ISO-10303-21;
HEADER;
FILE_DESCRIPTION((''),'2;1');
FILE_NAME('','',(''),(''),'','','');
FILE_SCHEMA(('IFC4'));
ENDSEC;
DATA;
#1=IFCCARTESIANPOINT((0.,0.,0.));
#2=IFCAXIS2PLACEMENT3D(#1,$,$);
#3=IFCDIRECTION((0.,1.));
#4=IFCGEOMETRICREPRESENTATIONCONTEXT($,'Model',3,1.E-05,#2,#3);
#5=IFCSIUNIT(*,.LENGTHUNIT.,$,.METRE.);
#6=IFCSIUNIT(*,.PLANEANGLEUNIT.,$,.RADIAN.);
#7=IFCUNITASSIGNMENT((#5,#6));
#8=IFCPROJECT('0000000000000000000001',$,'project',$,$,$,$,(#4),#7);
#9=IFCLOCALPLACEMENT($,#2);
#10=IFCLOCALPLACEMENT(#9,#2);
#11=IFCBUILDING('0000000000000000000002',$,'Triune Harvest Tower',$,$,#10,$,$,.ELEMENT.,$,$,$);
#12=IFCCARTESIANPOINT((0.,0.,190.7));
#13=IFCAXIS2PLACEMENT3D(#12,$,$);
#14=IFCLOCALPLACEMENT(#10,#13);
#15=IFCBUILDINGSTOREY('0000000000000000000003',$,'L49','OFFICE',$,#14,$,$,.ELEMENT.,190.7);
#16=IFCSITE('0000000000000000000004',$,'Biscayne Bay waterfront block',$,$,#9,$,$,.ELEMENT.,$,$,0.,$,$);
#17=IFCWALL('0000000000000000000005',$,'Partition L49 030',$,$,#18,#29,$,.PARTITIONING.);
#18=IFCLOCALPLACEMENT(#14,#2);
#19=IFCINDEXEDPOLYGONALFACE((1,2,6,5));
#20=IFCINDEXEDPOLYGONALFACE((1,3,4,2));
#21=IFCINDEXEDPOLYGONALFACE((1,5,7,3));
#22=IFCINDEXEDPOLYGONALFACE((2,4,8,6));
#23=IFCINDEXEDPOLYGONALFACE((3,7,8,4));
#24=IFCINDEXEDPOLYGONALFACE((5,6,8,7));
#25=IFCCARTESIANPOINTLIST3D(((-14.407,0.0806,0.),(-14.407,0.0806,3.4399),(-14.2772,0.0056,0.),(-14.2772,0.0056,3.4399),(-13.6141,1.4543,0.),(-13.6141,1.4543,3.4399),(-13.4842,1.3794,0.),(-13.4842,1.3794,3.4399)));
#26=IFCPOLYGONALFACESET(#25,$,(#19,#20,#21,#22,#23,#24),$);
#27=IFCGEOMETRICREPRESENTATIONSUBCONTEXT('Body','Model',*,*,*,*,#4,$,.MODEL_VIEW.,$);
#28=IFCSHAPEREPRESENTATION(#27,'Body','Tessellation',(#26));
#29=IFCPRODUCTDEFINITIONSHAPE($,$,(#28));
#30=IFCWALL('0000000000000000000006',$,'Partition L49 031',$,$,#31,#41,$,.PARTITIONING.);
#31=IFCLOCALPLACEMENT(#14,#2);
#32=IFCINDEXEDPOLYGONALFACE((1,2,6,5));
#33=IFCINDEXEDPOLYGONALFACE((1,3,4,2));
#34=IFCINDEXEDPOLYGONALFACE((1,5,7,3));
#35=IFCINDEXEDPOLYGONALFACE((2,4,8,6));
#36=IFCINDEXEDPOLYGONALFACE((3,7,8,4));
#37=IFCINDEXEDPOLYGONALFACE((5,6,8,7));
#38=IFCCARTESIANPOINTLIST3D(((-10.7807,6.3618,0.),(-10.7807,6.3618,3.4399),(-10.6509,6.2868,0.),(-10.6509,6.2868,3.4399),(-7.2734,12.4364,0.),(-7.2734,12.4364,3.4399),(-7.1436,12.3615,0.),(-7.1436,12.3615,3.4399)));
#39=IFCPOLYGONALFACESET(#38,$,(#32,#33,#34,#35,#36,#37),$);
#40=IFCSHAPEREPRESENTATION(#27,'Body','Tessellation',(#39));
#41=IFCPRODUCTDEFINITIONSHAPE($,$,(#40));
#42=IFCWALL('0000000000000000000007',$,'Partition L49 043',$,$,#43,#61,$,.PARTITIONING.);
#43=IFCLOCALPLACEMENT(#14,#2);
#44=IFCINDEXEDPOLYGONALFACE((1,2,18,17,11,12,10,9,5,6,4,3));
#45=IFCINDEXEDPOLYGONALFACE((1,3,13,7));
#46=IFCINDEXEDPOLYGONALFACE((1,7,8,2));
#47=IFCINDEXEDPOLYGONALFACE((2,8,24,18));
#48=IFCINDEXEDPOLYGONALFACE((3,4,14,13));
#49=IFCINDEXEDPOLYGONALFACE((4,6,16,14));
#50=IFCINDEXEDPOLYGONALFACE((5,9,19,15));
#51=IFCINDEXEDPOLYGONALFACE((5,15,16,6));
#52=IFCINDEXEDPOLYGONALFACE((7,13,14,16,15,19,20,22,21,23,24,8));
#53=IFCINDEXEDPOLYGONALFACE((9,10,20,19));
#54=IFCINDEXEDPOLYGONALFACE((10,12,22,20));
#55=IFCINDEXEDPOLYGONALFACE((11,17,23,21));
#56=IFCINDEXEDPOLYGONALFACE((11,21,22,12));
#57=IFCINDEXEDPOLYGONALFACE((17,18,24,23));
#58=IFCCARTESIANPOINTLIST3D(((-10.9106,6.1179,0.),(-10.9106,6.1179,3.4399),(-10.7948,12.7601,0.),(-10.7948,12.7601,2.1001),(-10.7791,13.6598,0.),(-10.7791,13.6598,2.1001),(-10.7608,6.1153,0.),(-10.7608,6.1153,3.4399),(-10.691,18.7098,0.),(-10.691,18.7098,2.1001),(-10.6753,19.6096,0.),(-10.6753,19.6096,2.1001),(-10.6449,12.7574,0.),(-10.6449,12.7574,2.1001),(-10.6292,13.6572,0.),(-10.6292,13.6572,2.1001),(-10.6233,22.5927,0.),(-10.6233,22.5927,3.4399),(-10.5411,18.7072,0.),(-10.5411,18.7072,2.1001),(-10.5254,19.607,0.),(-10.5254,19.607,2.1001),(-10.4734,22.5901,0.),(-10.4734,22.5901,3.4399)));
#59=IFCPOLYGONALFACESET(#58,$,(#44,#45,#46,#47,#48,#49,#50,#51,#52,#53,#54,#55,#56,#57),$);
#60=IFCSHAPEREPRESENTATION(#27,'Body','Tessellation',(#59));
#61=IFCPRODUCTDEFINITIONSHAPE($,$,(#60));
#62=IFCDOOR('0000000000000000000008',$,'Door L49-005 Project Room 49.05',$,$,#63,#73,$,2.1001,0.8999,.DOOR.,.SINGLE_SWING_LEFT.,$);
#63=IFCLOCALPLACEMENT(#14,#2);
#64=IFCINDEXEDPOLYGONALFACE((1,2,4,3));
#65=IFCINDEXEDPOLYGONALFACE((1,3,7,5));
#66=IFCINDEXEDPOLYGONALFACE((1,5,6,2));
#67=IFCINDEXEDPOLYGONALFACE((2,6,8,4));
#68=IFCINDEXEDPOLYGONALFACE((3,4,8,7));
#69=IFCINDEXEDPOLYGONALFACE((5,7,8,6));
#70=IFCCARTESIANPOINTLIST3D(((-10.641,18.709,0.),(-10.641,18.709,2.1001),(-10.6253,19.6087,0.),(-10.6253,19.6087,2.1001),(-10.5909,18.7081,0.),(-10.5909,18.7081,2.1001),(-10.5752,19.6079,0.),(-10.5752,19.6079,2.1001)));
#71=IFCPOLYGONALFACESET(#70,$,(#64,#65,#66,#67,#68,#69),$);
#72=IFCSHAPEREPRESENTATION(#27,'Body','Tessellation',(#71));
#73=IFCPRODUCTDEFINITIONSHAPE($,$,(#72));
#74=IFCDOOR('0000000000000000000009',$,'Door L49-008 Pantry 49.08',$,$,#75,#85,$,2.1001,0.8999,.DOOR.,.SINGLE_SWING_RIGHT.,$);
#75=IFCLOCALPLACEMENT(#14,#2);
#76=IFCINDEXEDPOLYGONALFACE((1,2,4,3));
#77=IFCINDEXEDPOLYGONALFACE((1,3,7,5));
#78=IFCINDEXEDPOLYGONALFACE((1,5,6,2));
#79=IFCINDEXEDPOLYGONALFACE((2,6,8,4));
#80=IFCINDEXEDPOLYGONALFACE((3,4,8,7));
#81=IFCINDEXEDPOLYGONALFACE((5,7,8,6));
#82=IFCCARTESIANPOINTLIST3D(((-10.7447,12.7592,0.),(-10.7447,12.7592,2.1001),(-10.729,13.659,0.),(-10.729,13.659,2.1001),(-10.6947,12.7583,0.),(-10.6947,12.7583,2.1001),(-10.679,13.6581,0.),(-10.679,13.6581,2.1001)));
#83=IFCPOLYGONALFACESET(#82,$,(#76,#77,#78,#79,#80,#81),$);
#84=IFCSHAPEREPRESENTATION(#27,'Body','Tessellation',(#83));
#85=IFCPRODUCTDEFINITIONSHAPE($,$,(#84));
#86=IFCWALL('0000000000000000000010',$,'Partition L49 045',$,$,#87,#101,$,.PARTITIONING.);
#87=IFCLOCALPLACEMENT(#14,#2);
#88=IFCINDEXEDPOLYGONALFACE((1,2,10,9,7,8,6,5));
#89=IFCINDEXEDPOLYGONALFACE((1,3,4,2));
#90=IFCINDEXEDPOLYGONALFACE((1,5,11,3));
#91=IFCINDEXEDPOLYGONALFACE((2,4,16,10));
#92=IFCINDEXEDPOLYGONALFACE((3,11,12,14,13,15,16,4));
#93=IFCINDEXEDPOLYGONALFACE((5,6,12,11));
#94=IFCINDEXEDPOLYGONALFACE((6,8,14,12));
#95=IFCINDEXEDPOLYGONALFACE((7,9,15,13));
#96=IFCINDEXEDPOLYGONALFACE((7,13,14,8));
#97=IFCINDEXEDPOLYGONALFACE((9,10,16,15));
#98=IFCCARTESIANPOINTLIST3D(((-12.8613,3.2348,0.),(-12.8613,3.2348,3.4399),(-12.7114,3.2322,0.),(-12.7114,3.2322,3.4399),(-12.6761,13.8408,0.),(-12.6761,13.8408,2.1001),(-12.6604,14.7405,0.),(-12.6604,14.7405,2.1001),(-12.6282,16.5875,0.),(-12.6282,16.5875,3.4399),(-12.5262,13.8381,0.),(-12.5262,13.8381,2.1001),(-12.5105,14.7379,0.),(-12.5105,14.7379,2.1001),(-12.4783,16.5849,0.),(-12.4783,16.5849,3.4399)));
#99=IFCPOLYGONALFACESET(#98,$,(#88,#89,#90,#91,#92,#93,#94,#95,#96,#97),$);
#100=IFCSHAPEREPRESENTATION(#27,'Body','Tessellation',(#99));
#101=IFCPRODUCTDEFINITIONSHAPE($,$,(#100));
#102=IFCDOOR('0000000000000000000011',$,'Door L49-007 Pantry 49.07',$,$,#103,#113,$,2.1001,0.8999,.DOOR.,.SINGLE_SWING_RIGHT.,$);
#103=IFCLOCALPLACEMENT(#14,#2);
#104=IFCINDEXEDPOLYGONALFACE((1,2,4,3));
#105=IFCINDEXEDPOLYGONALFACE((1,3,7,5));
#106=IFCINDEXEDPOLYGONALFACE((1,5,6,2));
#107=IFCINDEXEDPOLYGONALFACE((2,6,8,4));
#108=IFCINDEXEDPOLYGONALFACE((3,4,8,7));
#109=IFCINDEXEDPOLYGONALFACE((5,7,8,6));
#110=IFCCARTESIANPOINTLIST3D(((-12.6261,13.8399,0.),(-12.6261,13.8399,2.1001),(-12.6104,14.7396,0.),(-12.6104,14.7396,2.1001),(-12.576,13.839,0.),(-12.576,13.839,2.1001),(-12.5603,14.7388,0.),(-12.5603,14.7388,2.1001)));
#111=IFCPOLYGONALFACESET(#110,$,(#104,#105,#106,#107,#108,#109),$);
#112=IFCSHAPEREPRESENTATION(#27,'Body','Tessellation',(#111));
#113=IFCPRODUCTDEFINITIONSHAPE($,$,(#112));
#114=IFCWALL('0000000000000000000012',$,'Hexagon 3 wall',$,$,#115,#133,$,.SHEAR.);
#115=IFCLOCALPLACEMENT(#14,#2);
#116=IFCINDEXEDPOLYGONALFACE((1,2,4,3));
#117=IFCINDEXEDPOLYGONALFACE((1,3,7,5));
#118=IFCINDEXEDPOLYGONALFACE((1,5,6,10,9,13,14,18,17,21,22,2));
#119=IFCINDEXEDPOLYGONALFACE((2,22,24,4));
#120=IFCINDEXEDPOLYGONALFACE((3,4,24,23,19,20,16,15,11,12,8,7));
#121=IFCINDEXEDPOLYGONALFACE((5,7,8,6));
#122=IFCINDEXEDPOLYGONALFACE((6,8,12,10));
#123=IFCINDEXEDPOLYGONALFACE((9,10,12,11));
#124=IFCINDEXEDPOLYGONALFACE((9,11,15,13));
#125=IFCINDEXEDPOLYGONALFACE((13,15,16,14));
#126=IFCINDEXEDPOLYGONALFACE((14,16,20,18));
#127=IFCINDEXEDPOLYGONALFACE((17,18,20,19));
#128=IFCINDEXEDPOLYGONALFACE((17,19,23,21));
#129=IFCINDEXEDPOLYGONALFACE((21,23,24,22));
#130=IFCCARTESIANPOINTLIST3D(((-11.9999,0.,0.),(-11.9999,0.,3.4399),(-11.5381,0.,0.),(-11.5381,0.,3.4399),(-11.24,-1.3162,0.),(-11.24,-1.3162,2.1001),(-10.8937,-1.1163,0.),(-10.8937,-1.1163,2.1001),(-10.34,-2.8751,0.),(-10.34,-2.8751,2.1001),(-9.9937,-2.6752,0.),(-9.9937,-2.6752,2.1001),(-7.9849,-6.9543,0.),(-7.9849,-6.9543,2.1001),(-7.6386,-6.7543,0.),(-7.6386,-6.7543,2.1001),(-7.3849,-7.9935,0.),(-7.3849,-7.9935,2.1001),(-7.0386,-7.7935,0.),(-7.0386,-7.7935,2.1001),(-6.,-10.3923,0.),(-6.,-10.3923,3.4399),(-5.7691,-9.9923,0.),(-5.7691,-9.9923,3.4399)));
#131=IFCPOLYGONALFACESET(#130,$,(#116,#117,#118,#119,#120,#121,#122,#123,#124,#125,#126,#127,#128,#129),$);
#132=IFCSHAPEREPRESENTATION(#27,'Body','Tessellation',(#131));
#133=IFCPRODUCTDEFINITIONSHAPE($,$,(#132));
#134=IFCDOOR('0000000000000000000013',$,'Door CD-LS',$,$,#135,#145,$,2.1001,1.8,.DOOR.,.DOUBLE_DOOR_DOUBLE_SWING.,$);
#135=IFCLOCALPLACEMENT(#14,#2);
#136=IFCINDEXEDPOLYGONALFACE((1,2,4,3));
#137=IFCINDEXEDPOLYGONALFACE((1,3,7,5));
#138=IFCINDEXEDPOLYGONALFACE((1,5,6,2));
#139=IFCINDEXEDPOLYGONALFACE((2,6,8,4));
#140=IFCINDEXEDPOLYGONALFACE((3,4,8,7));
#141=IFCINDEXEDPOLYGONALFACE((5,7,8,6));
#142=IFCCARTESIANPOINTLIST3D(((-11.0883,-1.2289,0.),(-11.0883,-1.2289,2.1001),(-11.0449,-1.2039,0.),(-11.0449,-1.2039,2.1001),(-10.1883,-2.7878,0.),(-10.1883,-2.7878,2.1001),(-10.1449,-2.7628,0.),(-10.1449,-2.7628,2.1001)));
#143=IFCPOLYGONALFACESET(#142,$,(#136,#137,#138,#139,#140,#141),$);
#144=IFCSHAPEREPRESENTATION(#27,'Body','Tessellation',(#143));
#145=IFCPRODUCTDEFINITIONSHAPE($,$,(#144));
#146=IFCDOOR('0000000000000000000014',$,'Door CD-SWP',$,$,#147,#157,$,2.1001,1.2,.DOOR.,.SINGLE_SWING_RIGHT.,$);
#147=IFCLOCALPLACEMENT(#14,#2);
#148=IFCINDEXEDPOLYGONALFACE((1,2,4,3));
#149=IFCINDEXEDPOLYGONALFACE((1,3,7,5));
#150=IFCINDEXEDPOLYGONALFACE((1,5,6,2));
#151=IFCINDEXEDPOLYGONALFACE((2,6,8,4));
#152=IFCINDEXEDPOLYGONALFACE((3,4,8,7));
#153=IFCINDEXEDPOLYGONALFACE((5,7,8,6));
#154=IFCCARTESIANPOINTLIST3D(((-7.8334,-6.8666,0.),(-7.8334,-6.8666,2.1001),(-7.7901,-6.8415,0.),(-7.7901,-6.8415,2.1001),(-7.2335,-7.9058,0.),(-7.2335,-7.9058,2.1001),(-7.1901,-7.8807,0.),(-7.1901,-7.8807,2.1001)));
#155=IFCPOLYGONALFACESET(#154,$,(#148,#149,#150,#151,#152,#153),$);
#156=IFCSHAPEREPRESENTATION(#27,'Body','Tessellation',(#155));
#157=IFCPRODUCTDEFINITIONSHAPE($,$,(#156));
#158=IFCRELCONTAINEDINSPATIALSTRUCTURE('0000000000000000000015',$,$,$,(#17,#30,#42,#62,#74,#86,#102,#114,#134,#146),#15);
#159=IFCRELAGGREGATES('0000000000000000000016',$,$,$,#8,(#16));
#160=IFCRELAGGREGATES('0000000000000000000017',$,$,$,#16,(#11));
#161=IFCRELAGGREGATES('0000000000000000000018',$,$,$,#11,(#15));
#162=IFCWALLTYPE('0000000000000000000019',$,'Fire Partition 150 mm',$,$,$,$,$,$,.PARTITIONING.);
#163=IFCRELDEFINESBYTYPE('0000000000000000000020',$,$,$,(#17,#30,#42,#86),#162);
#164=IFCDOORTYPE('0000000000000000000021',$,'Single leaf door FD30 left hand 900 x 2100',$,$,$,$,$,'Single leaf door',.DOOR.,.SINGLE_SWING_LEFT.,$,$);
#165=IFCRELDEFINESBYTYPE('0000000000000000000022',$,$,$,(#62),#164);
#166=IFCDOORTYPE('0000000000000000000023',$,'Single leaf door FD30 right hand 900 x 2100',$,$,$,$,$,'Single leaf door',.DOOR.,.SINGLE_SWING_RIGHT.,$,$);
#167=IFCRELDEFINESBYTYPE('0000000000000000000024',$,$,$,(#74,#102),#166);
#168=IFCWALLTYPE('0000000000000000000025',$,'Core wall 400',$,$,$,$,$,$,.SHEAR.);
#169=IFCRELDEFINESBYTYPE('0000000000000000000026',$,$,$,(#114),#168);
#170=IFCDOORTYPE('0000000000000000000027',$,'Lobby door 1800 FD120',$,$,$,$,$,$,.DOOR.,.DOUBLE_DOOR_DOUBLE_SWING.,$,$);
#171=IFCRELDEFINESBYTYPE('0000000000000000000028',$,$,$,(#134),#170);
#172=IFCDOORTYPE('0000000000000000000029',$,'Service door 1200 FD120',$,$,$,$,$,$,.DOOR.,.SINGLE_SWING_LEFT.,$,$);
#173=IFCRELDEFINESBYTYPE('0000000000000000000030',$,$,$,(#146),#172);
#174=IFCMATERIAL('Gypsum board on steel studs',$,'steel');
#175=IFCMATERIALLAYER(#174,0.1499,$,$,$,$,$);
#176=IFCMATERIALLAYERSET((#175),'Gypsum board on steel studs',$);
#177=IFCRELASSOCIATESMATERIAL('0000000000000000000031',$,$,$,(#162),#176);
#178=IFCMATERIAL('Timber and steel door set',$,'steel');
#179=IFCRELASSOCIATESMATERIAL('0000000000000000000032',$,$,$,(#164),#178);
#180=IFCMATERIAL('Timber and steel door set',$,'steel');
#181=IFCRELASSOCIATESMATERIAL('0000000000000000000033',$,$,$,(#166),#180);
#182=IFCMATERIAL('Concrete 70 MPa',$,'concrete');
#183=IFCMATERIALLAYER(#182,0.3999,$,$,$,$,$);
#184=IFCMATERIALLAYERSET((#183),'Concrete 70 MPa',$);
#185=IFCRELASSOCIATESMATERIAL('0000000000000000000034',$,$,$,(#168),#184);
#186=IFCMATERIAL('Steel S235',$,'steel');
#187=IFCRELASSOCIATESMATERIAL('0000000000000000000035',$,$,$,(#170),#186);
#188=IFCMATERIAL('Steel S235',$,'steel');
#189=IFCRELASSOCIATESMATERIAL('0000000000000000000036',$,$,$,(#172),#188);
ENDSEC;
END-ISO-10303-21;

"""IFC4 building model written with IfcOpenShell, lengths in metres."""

from ifc_helpers import new_model, si_unit, direction, frame, frame_2d, origin, place, context, subcontext, project, spatial, polyline, rectangle, outline, extrude, source, transform, mapped, material, layer, layer_set, type_object, element, fill, save


model = new_model("IFC4")

# Units and contexts
model_context = context("Model", 3, precision=1e-05, world=origin(), true_north=direction((0.0, 1.0)))
body_context = subcontext(model_context, "Body", "Model", "MODEL_VIEW")
ifc_project = project(units=[si_unit("LENGTHUNIT", "METRE"), si_unit("PLANEANGLEUNIT", "RADIAN")], contexts=[model_context])

# Site, building, storey
site_placement = place(None, origin())
site = spatial("IfcSite", under=ifc_project, at=site_placement, Name="Biscayne Bay waterfront block", CompositionType="ELEMENT", RefElevation=0.0)
building_placement = place(site_placement, origin())
building = spatial("IfcBuilding", under=site, at=building_placement, Name="Triune Harvest Tower", CompositionType="ELEMENT")
storey_placement = place(building_placement, frame((0.0, 0.0, 190.7)))
storey = spatial("IfcBuildingStorey", under=building, at=storey_placement, Name="L49", Description="OFFICE", CompositionType="ELEMENT", Elevation=190.7)

# Walls
ifc_material_1 = material(Name="Gypsum board on steel studs", Category="steel")
ifc_layer_1 = layer(ifc_material_1, 0.1499)
ifc_layer_set_1 = layer_set([ifc_layer_1], Name="Gypsum board on steel studs")
wall_type_1 = type_object("IfcWallType", Name="Fire Partition 150 mm", PredefinedType="PARTITIONING", material=ifc_layer_set_1)
wall_1_placement = place(storey_placement, frame((-14.342, 0.0432, 0.0), z_axis=(0.0, 0.0, 1.0), x_axis=(0.499913, 0.866075, 0.0)))
element("IfcWall", 1, at=wall_1_placement, inside=storey, type_object=wall_type_1, Name="Partition L49 030", PredefinedType="PARTITIONING", context=body_context, shape_type="SweptSolid", body=[
    extrude(rectangle(XDim=1.5862, YDim=0.1499, at=frame_2d((0.793, 0.0))), origin(), (0.0, 0.0, 1.0), 3.4399),
])
wall_2_placement = place(storey_placement, frame((-10.7158, 6.3242, 0.0), z_axis=(0.0, 0.0, 1.0), x_axis=(0.50001, 0.86602, 0.0)))
element("IfcWall", 2, at=wall_2_placement, inside=storey, type_object=wall_type_1, Name="Partition L49 031", PredefinedType="PARTITIONING", context=body_context, shape_type="SweptSolid", body=[
    extrude(rectangle(XDim=7.0144, YDim=0.1499, at=frame_2d((3.5073, 0.0))), origin(), (0.0, 0.0, 1.0), 3.4399),
])

# Wall, openings, doors
wall_3_placement = place(storey_placement, frame((-10.8357, 6.1165, 0.0), z_axis=(0.0, 0.0, 1.0), x_axis=(0.017439, 0.999848, 0.0)))
wall_3 = element("IfcWall", 3, at=wall_3_placement, inside=storey, type_object=wall_type_1, Name="Partition L49 043", PredefinedType="PARTITIONING", context=body_context, shape_type="SweptSolid", body=[
    extrude(rectangle(XDim=16.4773, YDim=0.1499, at=frame_2d((8.2388, 0.0))), origin(), (0.0, 0.0, 1.0), 3.4399),
])
opening_1_placement = place(wall_3_placement, frame((12.594, 0.0, 0.0)))
opening_1 = element("IfcOpeningElement", 4, at=opening_1_placement, cuts=wall_3, PredefinedType="OPENING", context=body_context, shape_type="SweptSolid", body=[
    extrude(rectangle(XDim=0.8999, YDim=2.1001, at=frame_2d((0.45, 1.05))), frame((0.0, 0.085, 0.0), z_axis=(0.0, -1.0, 0.0), x_axis=(1.0, 0.0, 0.0)), (0.0, 0.0, 1.0), 0.1699),
])
opening_2_placement = place(wall_3_placement, frame((6.6433, 0.0, 0.0)))
opening_2 = element("IfcOpeningElement", 5, at=opening_2_placement, cuts=wall_3, PredefinedType="OPENING", context=body_context, shape_type="SweptSolid", body=[
    extrude(rectangle(XDim=0.8999, YDim=2.1001, at=frame_2d((0.45, 1.05))), frame((0.0, 0.085, 0.0), z_axis=(0.0, -1.0, 0.0), x_axis=(1.0, 0.0, 0.0)), (0.0, 0.0, 1.0), 0.1699),
])
ifc_material_2 = material(Name="Timber and steel door set", Category="steel")
door_type_1 = type_object("IfcDoorType", Name="Single leaf door FD30 left hand 900 x 2100", ElementType="Single leaf door", OperationType="SINGLE_SWING_LEFT", PredefinedType="DOOR", material=ifc_material_2)
door_1_placement = place(opening_1_placement, origin())
door_1 = element("IfcDoor", 6, at=door_1_placement, inside=storey, type_object=door_type_1, Name="Door L49-005 Project Room 49.05", OperationType="SINGLE_SWING_LEFT", OverallHeight=2.1001, OverallWidth=0.8999, PredefinedType="DOOR", context=body_context, shape_type="SweptSolid", body=[
    extrude(rectangle(XDim=0.8999, YDim=2.1001, at=frame_2d((0.45, 1.05))), frame((0.0, 0.0249, 0.0), z_axis=(0.0, -1.0, 0.0), x_axis=(1.0, 0.0, 0.0)), (0.0, 0.0, 1.0), 0.05),
])
fill(opening_1, door_1)
ifc_material_3 = material(Name="Timber and steel door set", Category="steel")
door_type_2 = type_object("IfcDoorType", Name="Single leaf door FD30 right hand 900 x 2100", ElementType="Single leaf door", OperationType="SINGLE_SWING_RIGHT", PredefinedType="DOOR", material=ifc_material_3)
door_2_placement = place(opening_2_placement, origin())
door_2 = element("IfcDoor", 7, at=door_2_placement, inside=storey, type_object=door_type_2, Name="Door L49-008 Pantry 49.08", OperationType="SINGLE_SWING_RIGHT", OverallHeight=2.1001, OverallWidth=0.8999, PredefinedType="DOOR", context=body_context, shape_type="SweptSolid", body=[
    extrude(rectangle(XDim=0.8999, YDim=2.1001, at=frame_2d((0.45, 1.05))), frame((0.0, 0.0249, 0.0), z_axis=(0.0, -1.0, 0.0), x_axis=(1.0, 0.0, 0.0)), (0.0, 0.0, 1.0), 0.05),
])
fill(opening_2, door_2)

# Wall, opening, door
wall_4_placement = place(storey_placement, frame((-12.7864, 3.2336, 0.0), z_axis=(0.0, 0.0, 1.0), x_axis=(0.017458, 0.999848, 0.0)))
wall_4 = element("IfcWall", 8, at=wall_4_placement, inside=storey, type_object=wall_type_1, Name="Partition L49 045", PredefinedType="PARTITIONING", context=body_context, shape_type="SweptSolid", body=[
    extrude(rectangle(XDim=13.3547, YDim=0.1499, at=frame_2d((6.6772, 0.0))), origin(), (0.0, 0.0, 1.0), 3.4399),
])
opening_3_placement = place(wall_4_placement, frame((10.6074, 0.0, 0.0)))
opening_3 = element("IfcOpeningElement", 9, at=opening_3_placement, cuts=wall_4, PredefinedType="OPENING", context=body_context, shape_type="SweptSolid", body=[
    extrude(rectangle(XDim=0.8999, YDim=2.1001, at=frame_2d((0.45, 1.05))), frame((0.0, 0.085, 0.0), z_axis=(0.0, -1.0, 0.0), x_axis=(1.0, 0.0, 0.0)), (0.0, 0.0, 1.0), 0.1699),
])
door_3_placement = place(opening_3_placement, origin())
door_3 = element("IfcDoor", 10, at=door_3_placement, inside=storey, type_object=door_type_2, Name="Door L49-007 Pantry 49.07", OperationType="SINGLE_SWING_RIGHT", OverallHeight=2.1001, OverallWidth=0.8999, PredefinedType="DOOR", context=body_context, shape_type="SweptSolid", body=[
    extrude(rectangle(XDim=0.8999, YDim=2.1001, at=frame_2d((0.45, 1.05))), frame((0.0, 0.0249, 0.0), z_axis=(0.0, -1.0, 0.0), x_axis=(1.0, 0.0, 0.0)), (0.0, 0.0, 1.0), 0.05),
])
fill(opening_3, door_3)

# Wall, openings, doors
ifc_material_4 = material(Name="Concrete 70 MPa", Category="concrete")
ifc_layer_2 = layer(ifc_material_4, 0.3999)
ifc_layer_set_2 = layer_set([ifc_layer_2], Name="Concrete 70 MPa")
wall_type_2 = type_object("IfcWallType", Name="Core wall 400", PredefinedType="SHEAR", material=ifc_layer_set_2)
shared_shape_1 = source(origin(), body_context, "Body", "SweptSolid", [
    extrude(outline(polyline([(-0.1155, -0.2), (11.8845, -0.2), (11.6536, 0.2), (0.1155, 0.2), (-0.1155, -0.2)])), origin(), (0.0, 0.0, 1.0), 3.4399),
])
wall_5_placement = place(storey_placement, frame((-11.769, 0.0, 0.0), z_axis=(0.0, 0.0, 1.0), x_axis=(0.499997, -0.866027, 0.0)))
wall_5 = element("IfcWall", 11, at=wall_5_placement, inside=storey, type_object=wall_type_2, Name="Hexagon 3 wall", PredefinedType="SHEAR", context=body_context, shape_type="MappedRepresentation", body=[
    mapped(shared_shape_1, transform((0.0, 0.0, 0.0), scale=1.0)),
])
opening_4_placement = place(wall_5_placement, frame((1.4045, 0.0, 0.0)))
opening_4 = element("IfcOpeningElement", 12, at=opening_4_placement, cuts=wall_5, PredefinedType="OPENING", context=body_context, shape_type="SweptSolid", body=[
    extrude(rectangle(XDim=1.8, YDim=2.1001, at=frame_2d((0.8999, 1.05))), frame((0.0, 0.21, 0.0), z_axis=(0.0, -1.0, 0.0), x_axis=(1.0, 0.0, 0.0)), (0.0, 0.0, 1.0), 0.4199),
])
opening_5_placement = place(wall_5_placement, frame((7.9146, 0.0, 0.0)))
opening_5 = element("IfcOpeningElement", 13, at=opening_5_placement, cuts=wall_5, PredefinedType="OPENING", context=body_context, shape_type="SweptSolid", body=[
    extrude(rectangle(XDim=1.2, YDim=2.1001, at=frame_2d((0.6001, 1.05))), frame((0.0, 0.21, 0.0), z_axis=(0.0, -1.0, 0.0), x_axis=(1.0, 0.0, 0.0)), (0.0, 0.0, 1.0), 0.4199),
])
ifc_material_5 = material(Name="Steel S235", Category="steel")
door_type_3 = type_object("IfcDoorType", Name="Lobby door 1800 FD120", OperationType="DOUBLE_DOOR_DOUBLE_SWING", PredefinedType="DOOR", material=ifc_material_5)
door_4_placement = place(opening_4_placement, frame((1.8, 0.0, 0.0), z_axis=(0.0, 0.0, 1.0), x_axis=(-1.0, 0.0, 0.0)))
door_4 = element("IfcDoor", 14, at=door_4_placement, inside=storey, type_object=door_type_3, Name="Door CD-LS", OperationType="DOUBLE_DOOR_DOUBLE_SWING", OverallHeight=2.1001, OverallWidth=1.8, PredefinedType="DOOR", context=body_context, shape_type="SweptSolid", body=[
    extrude(rectangle(XDim=1.8, YDim=2.1001, at=frame_2d((0.8999, 1.05))), frame((0.0, 0.0249, 0.0), z_axis=(0.0, -1.0, 0.0), x_axis=(1.0, 0.0, 0.0)), (0.0, 0.0, 1.0), 0.05),
])
fill(opening_4, door_4)
ifc_material_6 = material(Name="Steel S235", Category="steel")
door_type_4 = type_object("IfcDoorType", Name="Service door 1200 FD120", OperationType="SINGLE_SWING_LEFT", PredefinedType="DOOR", material=ifc_material_6)
door_5_placement = place(opening_5_placement, frame((1.2, 0.0, 0.0), z_axis=(0.0, 0.0, 1.0), x_axis=(-1.0, 0.0, 0.0)))
door_5 = element("IfcDoor", 15, at=door_5_placement, inside=storey, type_object=door_type_4, Name="Door CD-SWP", OperationType="SINGLE_SWING_RIGHT", OverallHeight=2.1001, OverallWidth=1.2, PredefinedType="DOOR", context=body_context, shape_type="SweptSolid", body=[
    extrude(rectangle(XDim=1.2, YDim=2.1001, at=frame_2d((0.6001, 1.05))), frame((0.0, 0.0249, 0.0), z_axis=(0.0, -1.0, 0.0), x_axis=(1.0, 0.0, 0.0)), (0.0, 0.0, 1.0), 0.05),
])
fill(opening_5, door_5)

save(model, "model.ifc")
